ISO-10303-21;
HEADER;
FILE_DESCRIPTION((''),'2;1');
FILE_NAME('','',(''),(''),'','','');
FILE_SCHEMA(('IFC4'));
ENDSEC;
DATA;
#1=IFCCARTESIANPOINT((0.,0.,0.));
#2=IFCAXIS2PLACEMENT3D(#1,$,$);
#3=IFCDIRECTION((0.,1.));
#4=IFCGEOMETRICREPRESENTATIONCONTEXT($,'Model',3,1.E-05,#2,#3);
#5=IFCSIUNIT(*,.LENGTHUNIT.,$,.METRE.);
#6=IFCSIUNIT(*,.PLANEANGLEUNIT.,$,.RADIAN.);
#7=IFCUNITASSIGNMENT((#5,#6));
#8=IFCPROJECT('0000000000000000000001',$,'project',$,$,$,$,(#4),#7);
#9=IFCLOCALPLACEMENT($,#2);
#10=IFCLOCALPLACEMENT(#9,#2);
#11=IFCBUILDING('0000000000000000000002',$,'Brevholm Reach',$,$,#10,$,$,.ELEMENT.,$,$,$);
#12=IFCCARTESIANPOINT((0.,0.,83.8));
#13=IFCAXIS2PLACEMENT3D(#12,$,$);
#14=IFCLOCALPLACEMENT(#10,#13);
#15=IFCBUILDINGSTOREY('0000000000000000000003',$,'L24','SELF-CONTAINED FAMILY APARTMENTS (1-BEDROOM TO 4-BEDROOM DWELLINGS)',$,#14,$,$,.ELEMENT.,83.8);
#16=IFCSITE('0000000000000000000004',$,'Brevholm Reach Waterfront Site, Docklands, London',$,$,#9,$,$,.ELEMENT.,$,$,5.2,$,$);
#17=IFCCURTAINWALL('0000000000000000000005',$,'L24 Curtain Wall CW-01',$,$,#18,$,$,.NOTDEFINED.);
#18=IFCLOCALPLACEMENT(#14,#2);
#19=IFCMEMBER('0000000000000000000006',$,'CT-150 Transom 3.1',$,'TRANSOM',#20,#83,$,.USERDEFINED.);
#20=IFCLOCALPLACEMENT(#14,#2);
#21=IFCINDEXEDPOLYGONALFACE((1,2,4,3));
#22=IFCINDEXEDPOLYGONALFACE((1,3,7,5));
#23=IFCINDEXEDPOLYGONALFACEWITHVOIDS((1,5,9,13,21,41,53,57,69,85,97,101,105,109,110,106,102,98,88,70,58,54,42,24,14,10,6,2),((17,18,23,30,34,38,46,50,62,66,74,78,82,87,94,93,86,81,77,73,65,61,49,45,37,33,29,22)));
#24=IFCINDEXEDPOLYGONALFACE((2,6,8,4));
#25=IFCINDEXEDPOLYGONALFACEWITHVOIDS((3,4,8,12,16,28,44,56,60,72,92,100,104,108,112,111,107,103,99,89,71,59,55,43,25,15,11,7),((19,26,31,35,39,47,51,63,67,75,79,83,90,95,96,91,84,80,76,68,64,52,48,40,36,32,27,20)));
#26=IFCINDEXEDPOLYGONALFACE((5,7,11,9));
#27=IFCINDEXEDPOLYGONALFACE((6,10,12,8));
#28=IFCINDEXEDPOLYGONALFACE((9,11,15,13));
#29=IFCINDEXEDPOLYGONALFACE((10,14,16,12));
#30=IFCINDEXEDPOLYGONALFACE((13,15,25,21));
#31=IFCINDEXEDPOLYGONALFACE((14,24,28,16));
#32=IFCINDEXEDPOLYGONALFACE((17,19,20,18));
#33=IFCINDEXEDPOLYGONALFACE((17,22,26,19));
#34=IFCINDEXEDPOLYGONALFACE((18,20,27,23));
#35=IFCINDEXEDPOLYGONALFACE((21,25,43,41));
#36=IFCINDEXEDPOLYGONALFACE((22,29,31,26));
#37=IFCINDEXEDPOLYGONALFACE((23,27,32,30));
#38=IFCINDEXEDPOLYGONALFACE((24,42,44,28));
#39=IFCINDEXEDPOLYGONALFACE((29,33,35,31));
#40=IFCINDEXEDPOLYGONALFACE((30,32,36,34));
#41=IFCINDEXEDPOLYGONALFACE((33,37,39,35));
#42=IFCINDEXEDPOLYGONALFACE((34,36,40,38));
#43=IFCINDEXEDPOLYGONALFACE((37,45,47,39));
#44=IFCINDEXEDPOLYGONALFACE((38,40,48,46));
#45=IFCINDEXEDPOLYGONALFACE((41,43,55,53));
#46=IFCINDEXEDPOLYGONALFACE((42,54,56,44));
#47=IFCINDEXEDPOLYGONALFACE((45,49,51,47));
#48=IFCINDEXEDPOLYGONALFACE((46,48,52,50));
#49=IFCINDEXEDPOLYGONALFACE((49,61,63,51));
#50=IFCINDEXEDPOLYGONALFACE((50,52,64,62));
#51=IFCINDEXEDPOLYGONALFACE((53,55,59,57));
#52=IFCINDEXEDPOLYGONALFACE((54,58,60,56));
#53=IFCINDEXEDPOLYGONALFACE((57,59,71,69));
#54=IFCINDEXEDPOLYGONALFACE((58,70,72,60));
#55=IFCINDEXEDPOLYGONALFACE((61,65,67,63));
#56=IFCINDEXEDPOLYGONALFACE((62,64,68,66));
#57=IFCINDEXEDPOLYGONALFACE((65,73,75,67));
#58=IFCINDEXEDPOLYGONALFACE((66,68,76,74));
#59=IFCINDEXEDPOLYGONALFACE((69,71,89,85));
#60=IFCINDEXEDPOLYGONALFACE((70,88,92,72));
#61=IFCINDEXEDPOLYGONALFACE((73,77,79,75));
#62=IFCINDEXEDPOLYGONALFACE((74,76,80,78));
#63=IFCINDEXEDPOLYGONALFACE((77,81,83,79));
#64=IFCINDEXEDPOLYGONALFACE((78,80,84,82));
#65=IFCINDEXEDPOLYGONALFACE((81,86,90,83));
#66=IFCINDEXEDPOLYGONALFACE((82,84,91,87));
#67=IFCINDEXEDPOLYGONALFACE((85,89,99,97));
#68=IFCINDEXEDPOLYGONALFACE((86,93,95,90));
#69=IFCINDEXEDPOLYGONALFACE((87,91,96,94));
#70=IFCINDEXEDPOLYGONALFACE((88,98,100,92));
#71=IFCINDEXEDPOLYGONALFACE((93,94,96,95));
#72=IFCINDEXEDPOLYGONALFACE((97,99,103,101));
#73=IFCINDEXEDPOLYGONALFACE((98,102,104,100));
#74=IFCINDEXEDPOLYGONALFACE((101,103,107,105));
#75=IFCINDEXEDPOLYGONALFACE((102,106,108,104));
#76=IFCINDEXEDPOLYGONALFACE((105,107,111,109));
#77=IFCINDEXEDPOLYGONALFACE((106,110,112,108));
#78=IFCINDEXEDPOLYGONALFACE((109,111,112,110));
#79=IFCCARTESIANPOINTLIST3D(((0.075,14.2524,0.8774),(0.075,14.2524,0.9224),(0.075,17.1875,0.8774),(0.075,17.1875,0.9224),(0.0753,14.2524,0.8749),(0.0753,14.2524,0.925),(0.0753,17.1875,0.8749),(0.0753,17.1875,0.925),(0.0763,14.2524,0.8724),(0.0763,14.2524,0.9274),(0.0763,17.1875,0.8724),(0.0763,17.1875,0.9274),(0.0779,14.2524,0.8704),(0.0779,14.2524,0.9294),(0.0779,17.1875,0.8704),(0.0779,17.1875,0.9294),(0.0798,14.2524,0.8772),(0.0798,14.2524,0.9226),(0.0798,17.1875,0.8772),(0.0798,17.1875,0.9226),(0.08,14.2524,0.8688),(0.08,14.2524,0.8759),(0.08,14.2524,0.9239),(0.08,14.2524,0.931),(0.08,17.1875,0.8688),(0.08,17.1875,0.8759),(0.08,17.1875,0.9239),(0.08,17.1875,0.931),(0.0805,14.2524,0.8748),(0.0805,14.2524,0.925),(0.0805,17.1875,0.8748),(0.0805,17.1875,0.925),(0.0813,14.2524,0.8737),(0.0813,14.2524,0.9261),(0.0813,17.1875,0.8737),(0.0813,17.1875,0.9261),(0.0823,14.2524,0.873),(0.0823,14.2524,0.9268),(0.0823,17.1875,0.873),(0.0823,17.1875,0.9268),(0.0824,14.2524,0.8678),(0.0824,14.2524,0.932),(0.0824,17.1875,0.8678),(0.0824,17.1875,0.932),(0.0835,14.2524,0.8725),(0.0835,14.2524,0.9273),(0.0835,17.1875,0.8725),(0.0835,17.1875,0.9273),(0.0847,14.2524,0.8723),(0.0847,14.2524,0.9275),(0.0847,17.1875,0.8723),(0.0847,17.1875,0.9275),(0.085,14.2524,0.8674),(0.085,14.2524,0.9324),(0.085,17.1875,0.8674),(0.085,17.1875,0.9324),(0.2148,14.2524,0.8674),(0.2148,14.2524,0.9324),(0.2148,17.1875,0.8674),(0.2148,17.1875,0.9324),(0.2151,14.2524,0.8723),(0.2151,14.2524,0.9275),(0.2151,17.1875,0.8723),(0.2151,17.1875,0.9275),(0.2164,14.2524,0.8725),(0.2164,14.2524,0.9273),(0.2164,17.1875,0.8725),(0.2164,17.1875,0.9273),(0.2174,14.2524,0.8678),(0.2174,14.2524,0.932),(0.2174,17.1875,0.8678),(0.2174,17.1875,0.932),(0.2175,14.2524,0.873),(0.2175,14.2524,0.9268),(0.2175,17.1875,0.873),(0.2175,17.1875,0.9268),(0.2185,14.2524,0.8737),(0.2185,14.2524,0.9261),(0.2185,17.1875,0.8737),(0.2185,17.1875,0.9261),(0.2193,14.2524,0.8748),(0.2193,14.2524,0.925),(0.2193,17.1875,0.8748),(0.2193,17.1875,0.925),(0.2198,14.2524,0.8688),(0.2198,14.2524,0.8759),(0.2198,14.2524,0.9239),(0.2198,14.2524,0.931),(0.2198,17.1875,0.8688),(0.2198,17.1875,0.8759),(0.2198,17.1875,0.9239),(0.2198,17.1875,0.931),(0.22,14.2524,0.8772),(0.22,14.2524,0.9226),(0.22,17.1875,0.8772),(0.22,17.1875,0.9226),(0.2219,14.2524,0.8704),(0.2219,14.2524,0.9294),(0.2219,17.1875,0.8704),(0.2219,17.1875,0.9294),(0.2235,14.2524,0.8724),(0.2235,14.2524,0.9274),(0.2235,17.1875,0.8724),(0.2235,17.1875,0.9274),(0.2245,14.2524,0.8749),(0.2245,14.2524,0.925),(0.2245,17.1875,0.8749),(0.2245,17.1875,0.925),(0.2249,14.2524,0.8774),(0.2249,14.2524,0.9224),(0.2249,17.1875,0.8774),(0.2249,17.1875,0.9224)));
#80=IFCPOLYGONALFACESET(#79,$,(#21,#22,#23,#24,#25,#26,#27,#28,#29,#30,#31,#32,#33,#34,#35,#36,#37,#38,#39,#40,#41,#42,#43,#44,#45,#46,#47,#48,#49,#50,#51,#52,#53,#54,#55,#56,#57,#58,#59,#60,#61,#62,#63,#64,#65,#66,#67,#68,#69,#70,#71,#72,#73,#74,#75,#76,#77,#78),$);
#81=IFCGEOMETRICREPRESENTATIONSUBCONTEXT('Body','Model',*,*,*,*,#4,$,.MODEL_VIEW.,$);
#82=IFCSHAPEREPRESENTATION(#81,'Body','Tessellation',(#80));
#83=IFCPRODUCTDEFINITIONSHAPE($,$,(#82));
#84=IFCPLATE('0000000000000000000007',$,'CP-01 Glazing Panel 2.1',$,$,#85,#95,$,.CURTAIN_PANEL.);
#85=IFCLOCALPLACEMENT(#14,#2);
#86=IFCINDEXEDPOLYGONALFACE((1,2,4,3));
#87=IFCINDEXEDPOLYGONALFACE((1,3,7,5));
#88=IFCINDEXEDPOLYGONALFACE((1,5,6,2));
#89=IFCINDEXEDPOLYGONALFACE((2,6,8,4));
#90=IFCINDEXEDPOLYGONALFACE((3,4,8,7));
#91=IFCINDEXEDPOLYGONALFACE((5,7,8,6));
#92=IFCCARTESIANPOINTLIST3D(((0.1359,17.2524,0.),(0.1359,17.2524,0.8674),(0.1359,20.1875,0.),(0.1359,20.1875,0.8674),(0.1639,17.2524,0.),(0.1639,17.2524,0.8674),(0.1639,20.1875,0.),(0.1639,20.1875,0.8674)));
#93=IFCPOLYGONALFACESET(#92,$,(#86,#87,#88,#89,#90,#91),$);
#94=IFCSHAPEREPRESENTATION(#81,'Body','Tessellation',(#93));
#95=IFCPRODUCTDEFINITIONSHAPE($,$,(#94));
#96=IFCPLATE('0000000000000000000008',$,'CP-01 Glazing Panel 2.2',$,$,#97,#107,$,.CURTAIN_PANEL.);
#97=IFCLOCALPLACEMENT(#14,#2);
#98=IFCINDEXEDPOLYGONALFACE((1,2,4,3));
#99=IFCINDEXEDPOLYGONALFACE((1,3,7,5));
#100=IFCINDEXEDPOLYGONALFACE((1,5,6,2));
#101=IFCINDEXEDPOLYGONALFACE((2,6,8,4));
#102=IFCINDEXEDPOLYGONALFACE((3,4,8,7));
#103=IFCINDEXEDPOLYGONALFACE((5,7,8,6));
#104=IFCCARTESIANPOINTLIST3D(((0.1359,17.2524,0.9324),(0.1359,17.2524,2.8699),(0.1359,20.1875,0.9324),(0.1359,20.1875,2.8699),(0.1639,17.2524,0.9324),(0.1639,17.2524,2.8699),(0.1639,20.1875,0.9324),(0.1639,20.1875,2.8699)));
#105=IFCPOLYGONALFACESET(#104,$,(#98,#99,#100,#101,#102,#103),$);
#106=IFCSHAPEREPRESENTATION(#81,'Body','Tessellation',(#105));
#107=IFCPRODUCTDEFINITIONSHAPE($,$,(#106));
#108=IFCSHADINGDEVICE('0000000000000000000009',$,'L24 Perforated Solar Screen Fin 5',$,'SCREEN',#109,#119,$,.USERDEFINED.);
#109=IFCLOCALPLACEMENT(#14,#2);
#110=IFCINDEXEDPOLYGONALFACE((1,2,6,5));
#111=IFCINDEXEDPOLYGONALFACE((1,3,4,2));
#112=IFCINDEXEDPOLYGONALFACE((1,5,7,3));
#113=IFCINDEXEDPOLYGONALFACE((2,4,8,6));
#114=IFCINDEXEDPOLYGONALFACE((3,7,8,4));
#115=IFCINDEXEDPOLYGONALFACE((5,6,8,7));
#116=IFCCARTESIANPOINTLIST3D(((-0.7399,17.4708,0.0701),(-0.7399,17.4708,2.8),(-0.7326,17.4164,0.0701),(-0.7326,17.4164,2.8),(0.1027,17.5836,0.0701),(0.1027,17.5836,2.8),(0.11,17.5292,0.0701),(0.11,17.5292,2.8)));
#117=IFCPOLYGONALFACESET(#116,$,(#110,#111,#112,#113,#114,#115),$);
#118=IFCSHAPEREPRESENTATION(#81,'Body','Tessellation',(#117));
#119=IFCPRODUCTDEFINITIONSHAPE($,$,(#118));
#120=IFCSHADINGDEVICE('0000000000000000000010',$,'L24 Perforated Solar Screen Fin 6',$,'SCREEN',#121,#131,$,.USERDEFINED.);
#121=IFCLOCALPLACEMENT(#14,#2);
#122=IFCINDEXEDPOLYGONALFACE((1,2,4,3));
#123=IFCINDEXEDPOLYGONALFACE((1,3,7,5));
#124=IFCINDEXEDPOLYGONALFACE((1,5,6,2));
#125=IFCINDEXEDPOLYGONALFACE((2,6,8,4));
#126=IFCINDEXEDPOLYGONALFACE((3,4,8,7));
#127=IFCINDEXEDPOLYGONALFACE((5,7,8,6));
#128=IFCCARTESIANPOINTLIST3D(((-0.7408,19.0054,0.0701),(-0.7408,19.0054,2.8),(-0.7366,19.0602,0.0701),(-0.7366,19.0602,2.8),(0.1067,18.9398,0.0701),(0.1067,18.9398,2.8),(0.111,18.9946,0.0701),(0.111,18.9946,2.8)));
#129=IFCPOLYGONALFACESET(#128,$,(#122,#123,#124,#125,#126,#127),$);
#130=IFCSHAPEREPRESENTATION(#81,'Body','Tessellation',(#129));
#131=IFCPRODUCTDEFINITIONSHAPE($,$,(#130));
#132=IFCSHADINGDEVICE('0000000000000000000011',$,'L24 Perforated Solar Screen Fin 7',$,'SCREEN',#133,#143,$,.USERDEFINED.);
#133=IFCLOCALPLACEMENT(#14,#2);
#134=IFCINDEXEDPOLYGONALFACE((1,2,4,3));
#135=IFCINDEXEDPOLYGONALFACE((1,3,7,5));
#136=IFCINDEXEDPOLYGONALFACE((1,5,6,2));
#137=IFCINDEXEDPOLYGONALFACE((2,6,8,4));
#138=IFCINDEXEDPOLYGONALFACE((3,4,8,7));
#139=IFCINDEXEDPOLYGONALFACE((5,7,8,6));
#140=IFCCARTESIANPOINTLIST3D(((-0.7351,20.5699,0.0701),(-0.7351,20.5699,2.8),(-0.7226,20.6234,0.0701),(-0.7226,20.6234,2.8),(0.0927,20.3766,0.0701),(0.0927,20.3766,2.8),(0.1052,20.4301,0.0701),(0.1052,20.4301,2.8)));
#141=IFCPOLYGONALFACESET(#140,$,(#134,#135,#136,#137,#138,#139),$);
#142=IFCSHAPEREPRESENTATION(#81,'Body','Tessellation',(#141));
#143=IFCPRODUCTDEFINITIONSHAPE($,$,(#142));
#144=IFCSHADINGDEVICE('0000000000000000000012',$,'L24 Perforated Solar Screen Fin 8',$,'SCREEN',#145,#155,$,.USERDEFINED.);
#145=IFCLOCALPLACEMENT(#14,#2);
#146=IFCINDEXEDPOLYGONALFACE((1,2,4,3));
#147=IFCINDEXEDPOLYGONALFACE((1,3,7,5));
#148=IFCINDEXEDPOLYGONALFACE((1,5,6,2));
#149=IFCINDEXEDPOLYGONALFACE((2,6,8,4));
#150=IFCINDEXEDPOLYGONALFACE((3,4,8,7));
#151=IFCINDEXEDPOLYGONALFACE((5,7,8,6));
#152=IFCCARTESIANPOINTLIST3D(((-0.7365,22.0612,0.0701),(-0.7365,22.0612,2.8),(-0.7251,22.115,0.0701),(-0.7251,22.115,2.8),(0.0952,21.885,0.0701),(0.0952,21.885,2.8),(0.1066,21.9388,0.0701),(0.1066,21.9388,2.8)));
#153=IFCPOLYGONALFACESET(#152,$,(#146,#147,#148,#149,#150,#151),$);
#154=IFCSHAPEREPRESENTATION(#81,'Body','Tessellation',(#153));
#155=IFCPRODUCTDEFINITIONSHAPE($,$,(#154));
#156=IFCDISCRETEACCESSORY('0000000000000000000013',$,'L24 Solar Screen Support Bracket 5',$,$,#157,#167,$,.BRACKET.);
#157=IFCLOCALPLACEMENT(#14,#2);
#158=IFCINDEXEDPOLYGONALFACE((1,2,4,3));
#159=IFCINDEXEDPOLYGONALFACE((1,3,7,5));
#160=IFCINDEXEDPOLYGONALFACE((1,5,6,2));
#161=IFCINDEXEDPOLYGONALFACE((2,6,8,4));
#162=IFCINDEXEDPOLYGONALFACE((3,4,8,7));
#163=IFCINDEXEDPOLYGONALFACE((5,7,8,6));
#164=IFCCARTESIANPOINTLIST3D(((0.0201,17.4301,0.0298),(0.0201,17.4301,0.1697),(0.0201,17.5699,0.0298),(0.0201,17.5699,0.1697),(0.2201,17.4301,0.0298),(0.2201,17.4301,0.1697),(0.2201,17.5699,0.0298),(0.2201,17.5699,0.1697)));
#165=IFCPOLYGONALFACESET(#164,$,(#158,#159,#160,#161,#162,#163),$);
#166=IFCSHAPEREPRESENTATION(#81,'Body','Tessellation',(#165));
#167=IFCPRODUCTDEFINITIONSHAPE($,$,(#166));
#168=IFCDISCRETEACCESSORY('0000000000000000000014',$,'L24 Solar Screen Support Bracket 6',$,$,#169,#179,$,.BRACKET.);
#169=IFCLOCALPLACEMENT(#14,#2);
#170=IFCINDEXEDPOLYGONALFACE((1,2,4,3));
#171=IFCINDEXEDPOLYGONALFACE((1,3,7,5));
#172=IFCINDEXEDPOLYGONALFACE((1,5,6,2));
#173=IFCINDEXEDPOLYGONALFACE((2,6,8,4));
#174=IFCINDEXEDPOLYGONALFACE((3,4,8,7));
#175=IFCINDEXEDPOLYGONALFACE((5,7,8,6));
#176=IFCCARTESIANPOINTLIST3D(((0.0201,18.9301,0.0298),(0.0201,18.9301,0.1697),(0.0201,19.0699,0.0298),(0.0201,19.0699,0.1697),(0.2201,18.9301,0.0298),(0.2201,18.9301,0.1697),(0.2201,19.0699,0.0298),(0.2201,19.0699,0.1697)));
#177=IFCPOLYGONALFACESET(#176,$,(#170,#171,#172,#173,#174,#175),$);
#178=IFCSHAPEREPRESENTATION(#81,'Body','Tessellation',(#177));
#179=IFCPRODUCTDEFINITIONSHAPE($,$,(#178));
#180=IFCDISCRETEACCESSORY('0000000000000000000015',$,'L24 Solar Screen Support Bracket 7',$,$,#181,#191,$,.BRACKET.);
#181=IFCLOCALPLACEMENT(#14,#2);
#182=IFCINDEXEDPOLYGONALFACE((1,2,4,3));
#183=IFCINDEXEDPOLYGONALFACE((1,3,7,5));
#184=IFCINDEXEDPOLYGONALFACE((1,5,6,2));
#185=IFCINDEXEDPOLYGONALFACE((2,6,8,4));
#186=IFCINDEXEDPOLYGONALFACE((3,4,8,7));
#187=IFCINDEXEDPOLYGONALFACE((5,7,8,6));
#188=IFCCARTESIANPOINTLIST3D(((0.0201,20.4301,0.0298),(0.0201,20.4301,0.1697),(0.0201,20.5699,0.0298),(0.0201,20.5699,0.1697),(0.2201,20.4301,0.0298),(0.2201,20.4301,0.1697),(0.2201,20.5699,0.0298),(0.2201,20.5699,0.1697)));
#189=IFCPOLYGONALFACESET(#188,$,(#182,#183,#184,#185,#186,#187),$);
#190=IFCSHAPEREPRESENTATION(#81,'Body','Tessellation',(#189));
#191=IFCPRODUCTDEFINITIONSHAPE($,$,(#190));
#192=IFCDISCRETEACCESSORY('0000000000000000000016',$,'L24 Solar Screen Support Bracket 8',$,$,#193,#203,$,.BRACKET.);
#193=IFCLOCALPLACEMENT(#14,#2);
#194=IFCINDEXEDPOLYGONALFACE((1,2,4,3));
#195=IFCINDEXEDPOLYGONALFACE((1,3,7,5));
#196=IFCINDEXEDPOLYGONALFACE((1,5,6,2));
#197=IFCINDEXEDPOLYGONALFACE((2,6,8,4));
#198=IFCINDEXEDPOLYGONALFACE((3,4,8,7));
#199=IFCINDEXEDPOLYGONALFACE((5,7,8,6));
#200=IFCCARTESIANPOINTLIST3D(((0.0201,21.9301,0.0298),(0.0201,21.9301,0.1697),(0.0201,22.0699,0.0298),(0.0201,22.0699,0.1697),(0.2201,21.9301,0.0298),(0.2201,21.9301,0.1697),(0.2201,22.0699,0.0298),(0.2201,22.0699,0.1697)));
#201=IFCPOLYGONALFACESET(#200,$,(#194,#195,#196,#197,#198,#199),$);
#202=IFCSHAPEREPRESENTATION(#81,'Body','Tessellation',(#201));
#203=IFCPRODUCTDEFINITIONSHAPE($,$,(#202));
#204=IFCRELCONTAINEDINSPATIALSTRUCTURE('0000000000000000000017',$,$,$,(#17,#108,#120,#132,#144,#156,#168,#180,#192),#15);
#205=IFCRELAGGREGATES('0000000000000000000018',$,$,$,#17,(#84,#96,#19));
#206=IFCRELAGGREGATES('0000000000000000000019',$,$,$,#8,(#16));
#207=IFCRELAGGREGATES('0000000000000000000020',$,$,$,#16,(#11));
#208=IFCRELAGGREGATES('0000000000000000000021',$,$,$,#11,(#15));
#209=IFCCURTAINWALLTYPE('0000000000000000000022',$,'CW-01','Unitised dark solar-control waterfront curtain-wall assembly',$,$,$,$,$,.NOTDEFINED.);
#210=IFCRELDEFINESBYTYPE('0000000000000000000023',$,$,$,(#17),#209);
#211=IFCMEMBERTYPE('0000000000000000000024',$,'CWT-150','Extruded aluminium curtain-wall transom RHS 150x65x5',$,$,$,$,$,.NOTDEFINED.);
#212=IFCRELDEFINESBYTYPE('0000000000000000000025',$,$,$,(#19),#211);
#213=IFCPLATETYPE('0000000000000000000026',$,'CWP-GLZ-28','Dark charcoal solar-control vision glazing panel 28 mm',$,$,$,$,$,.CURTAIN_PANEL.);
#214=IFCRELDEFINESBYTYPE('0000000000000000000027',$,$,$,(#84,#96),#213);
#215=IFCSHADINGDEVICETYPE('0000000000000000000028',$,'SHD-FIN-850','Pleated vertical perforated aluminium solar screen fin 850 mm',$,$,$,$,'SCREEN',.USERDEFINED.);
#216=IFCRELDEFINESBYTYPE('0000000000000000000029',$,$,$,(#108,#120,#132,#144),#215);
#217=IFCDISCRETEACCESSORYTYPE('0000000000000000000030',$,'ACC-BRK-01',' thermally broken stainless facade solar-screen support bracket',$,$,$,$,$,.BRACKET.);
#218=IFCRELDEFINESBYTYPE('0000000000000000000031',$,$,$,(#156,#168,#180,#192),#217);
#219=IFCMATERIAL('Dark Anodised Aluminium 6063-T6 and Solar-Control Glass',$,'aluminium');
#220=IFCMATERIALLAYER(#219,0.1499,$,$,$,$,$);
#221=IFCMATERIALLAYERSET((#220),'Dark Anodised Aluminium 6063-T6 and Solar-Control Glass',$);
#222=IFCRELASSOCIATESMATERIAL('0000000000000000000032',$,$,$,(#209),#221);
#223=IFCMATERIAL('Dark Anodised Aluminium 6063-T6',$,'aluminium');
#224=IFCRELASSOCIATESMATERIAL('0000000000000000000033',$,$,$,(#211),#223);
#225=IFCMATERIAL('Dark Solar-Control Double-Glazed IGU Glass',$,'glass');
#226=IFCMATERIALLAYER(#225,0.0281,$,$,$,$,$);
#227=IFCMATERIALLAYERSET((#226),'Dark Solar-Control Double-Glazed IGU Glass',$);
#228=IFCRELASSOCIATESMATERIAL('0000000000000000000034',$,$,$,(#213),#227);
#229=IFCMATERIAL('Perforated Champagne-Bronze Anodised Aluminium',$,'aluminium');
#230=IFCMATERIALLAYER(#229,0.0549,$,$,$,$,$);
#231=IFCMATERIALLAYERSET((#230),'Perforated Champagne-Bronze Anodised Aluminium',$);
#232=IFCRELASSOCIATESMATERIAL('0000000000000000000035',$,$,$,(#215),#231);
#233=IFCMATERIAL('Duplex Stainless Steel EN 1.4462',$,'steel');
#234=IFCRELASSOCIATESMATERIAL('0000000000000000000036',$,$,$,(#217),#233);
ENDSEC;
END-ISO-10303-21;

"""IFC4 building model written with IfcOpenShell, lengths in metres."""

from ifc_helpers import new_model, si_unit, direction, frame, origin, origin_2d, place, context, subcontext, project, spatial, rectangle, hollow_rectangle, extrude, material, layer, layer_set, material_profile, profile_set, type_object, element, aggregate, save


model = new_model("IFC4")

# Units and contexts
model_context = context("Model", 3, precision=1e-05, world=origin(), true_north=direction((0.0, 1.0)))
body_context = subcontext(model_context, "Body", "Model", "MODEL_VIEW")
ifc_project = project(units=[si_unit("LENGTHUNIT", "METRE"), si_unit("PLANEANGLEUNIT", "RADIAN")], contexts=[model_context])

# Site, building, storey
site_placement = place(None, origin())
site = spatial("IfcSite", under=ifc_project, at=site_placement, Name="Brevholm Reach Waterfront Site, Docklands, London", CompositionType="ELEMENT", RefElevation=5.2)
building_placement = place(site_placement, origin())
building = spatial("IfcBuilding", under=site, at=building_placement, Name="Brevholm Reach", CompositionType="ELEMENT")
storey_placement = place(building_placement, frame((0.0, 0.0, 83.8)))
storey = spatial("IfcBuildingStorey", under=building, at=storey_placement, Name="L24", Description="SELF-CONTAINED FAMILY APARTMENTS (1-BEDROOM TO 4-BEDROOM DWELLINGS)", CompositionType="ELEMENT", Elevation=83.8)

# Curtain wall, member, plates
ifc_material_1 = material(Name="Dark Anodised Aluminium 6063-T6 and Solar-Control Glass", Category="aluminium")
ifc_layer_1 = layer(ifc_material_1, 0.1499)
ifc_layer_set_1 = layer_set([ifc_layer_1], Name="Dark Anodised Aluminium 6063-T6 and Solar-Control Glass")
curtain_wall_type = type_object("IfcCurtainWallType", Name="CW-01", Description="Unitised dark solar-control waterfront curtain-wall assembly", PredefinedType="NOTDEFINED", material=ifc_layer_set_1)
curtain_wall_placement = place(storey_placement, origin())
curtain_wall = element("IfcCurtainWall", 1, at=curtain_wall_placement, inside=storey, type_object=curtain_wall_type, Name="L24 Curtain Wall CW-01", PredefinedType="NOTDEFINED")
ifc_material_2 = material(Name="Dark Anodised Aluminium 6063-T6", Category="aluminium")
ifc_material_profile_1 = material_profile(ifc_material_2, hollow_rectangle(XDim=0.0649, YDim=0.1499, WallThickness=0.0049, InnerFilletRadius=0.0049, OuterFilletRadius=0.01, at=origin_2d()), Name="RHS 150x65x5")
ifc_profile_set_1 = profile_set([ifc_material_profile_1], Name="Dark Anodised Aluminium 6063-T6")
member_type_1 = type_object("IfcMemberType", Name="CWT-150", Description="Extruded aluminium curtain-wall transom RHS 150x65x5", PredefinedType="NOTDEFINED", material=ifc_profile_set_1)
member_1_placement = place(storey_placement, frame((0.1499, 17.1875, 0.8999), z_axis=(0.0, -1.0, 0.0), x_axis=(0.0, 0.0, 1.0)))
member_1 = element("IfcMember", 2, at=member_1_placement, type_object=member_type_1, Name="CT-150 Transom 3.1", ObjectType="TRANSOM", PredefinedType="USERDEFINED", context=body_context, shape_type="SweptSolid", body=[
    extrude(hollow_rectangle(XDim=0.0649, YDim=0.1499, WallThickness=0.0049, InnerFilletRadius=0.0049, OuterFilletRadius=0.01, at=origin_2d()), origin(), (0.0, 0.0, 1.0), 2.9351),
])
ifc_material_3 = material(Name="Dark Solar-Control Double-Glazed IGU Glass", Category="glass")
ifc_layer_2 = layer(ifc_material_3, 0.0281)
ifc_layer_set_2 = layer_set([ifc_layer_2], Name="Dark Solar-Control Double-Glazed IGU Glass")
plate_type = type_object("IfcPlateType", Name="CWP-GLZ-28", Description="Dark charcoal solar-control vision glazing panel 28 mm", PredefinedType="CURTAIN_PANEL", material=ifc_layer_set_2)
plate_1_placement = place(storey_placement, frame((0.1499, 18.72, 0.0), z_axis=(0.0, 0.0, 1.0), x_axis=(0.0, -1.0, 0.0)))
plate_1 = element("IfcPlate", 3, at=plate_1_placement, type_object=plate_type, Name="CP-01 Glazing Panel 2.1", PredefinedType="CURTAIN_PANEL", context=body_context, shape_type="SweptSolid", body=[
    extrude(rectangle(XDim=2.9351, YDim=0.0281, at=origin_2d()), origin(), (0.0, 0.0, 1.0), 0.8674),
])
plate_2_placement = place(storey_placement, frame((0.1499, 18.72, 0.9324), z_axis=(0.0, 0.0, 1.0), x_axis=(0.0, -1.0, 0.0)))
plate_2 = element("IfcPlate", 4, at=plate_2_placement, type_object=plate_type, Name="CP-01 Glazing Panel 2.2", PredefinedType="CURTAIN_PANEL", context=body_context, shape_type="SweptSolid", body=[
    extrude(rectangle(XDim=2.9351, YDim=0.0281, at=origin_2d()), origin(), (0.0, 0.0, 1.0), 1.9375),
])
aggregate(curtain_wall, [plate_1, plate_2, member_1])

# Shading devices
ifc_material_4 = material(Name="Perforated Champagne-Bronze Anodised Aluminium", Category="aluminium")
ifc_layer_3 = layer(ifc_material_4, 0.0549)
ifc_layer_set_3 = layer_set([ifc_layer_3], Name="Perforated Champagne-Bronze Anodised Aluminium")
shading_device_type = type_object("IfcShadingDeviceType", Name="SHD-FIN-850", Description="Pleated vertical perforated aluminium solar screen fin 850 mm", ElementType="SCREEN", PredefinedType="USERDEFINED", material=ifc_layer_set_3)
for number, where, z_axis, x_axis, name in (
    (5, (-0.3149, 17.5, 0.0701), (0.0, 0.0, 1.0), (-0.991158, -0.132689, 0.0), "L24 Perforated Solar Screen Fin 5"),
    (6, (-0.3149, 19.0, 0.0701), (0.0, 0.0, 1.0), (-0.997019, 0.077154, 0.0), "L24 Perforated Solar Screen Fin 6"),
    (7, (-0.3149, 20.5, 0.0701), (0.0, 0.0, 1.0), (-0.973802, 0.227399, 0.0), "L24 Perforated Solar Screen Fin 7"),
    (8, (-0.3149, 22.0, 0.0701), (0.0, 0.0, 1.0), (-0.978278, 0.207297, 0.0), "L24 Perforated Solar Screen Fin 8"),
):
    element("IfcShadingDevice", number, at=place(storey_placement, frame(where, z_axis=z_axis, x_axis=x_axis)), inside=storey, type_object=shading_device_type, Name=name, ObjectType="SCREEN", PredefinedType="USERDEFINED", context=body_context, shape_type="SweptSolid", body=[
        extrude(rectangle(XDim=0.8501, YDim=0.0549, at=origin_2d()), origin(), (0.0, 0.0, 1.0), 2.73),
    ])

# Discrete accessories
ifc_material_5 = material(Name="Duplex Stainless Steel EN 1.4462", Category="steel")
discrete_accessory_type = type_object("IfcDiscreteAccessoryType", Name="ACC-BRK-01", Description=" thermally broken stainless facade solar-screen support bracket", PredefinedType="BRACKET", material=ifc_material_5)
for number, where, z_axis, x_axis, name in (
    (9, (0.1201, 17.5, 0.0298), (0.0, 0.0, 1.0), (-1.0, 0.0, 0.0), "L24 Solar Screen Support Bracket 5"),
    (10, (0.1201, 19.0, 0.0298), (0.0, 0.0, 1.0), (-1.0, 0.0, 0.0), "L24 Solar Screen Support Bracket 6"),
    (11, (0.1201, 20.5, 0.0298), (0.0, 0.0, 1.0), (-1.0, 0.0, 0.0), "L24 Solar Screen Support Bracket 7"),
    (12, (0.1201, 22.0, 0.0298), (0.0, 0.0, 1.0), (-1.0, 0.0, 0.0), "L24 Solar Screen Support Bracket 8"),
):
    element("IfcDiscreteAccessory", number, at=place(storey_placement, frame(where, z_axis=z_axis, x_axis=x_axis)), inside=storey, type_object=discrete_accessory_type, Name=name, PredefinedType="BRACKET", context=body_context, shape_type="SweptSolid", body=[
        extrude(rectangle(XDim=0.2, YDim=0.1399, at=origin_2d()), origin(), (0.0, 0.0, 1.0), 0.1399),
    ])

save(model, "model.ifc")
